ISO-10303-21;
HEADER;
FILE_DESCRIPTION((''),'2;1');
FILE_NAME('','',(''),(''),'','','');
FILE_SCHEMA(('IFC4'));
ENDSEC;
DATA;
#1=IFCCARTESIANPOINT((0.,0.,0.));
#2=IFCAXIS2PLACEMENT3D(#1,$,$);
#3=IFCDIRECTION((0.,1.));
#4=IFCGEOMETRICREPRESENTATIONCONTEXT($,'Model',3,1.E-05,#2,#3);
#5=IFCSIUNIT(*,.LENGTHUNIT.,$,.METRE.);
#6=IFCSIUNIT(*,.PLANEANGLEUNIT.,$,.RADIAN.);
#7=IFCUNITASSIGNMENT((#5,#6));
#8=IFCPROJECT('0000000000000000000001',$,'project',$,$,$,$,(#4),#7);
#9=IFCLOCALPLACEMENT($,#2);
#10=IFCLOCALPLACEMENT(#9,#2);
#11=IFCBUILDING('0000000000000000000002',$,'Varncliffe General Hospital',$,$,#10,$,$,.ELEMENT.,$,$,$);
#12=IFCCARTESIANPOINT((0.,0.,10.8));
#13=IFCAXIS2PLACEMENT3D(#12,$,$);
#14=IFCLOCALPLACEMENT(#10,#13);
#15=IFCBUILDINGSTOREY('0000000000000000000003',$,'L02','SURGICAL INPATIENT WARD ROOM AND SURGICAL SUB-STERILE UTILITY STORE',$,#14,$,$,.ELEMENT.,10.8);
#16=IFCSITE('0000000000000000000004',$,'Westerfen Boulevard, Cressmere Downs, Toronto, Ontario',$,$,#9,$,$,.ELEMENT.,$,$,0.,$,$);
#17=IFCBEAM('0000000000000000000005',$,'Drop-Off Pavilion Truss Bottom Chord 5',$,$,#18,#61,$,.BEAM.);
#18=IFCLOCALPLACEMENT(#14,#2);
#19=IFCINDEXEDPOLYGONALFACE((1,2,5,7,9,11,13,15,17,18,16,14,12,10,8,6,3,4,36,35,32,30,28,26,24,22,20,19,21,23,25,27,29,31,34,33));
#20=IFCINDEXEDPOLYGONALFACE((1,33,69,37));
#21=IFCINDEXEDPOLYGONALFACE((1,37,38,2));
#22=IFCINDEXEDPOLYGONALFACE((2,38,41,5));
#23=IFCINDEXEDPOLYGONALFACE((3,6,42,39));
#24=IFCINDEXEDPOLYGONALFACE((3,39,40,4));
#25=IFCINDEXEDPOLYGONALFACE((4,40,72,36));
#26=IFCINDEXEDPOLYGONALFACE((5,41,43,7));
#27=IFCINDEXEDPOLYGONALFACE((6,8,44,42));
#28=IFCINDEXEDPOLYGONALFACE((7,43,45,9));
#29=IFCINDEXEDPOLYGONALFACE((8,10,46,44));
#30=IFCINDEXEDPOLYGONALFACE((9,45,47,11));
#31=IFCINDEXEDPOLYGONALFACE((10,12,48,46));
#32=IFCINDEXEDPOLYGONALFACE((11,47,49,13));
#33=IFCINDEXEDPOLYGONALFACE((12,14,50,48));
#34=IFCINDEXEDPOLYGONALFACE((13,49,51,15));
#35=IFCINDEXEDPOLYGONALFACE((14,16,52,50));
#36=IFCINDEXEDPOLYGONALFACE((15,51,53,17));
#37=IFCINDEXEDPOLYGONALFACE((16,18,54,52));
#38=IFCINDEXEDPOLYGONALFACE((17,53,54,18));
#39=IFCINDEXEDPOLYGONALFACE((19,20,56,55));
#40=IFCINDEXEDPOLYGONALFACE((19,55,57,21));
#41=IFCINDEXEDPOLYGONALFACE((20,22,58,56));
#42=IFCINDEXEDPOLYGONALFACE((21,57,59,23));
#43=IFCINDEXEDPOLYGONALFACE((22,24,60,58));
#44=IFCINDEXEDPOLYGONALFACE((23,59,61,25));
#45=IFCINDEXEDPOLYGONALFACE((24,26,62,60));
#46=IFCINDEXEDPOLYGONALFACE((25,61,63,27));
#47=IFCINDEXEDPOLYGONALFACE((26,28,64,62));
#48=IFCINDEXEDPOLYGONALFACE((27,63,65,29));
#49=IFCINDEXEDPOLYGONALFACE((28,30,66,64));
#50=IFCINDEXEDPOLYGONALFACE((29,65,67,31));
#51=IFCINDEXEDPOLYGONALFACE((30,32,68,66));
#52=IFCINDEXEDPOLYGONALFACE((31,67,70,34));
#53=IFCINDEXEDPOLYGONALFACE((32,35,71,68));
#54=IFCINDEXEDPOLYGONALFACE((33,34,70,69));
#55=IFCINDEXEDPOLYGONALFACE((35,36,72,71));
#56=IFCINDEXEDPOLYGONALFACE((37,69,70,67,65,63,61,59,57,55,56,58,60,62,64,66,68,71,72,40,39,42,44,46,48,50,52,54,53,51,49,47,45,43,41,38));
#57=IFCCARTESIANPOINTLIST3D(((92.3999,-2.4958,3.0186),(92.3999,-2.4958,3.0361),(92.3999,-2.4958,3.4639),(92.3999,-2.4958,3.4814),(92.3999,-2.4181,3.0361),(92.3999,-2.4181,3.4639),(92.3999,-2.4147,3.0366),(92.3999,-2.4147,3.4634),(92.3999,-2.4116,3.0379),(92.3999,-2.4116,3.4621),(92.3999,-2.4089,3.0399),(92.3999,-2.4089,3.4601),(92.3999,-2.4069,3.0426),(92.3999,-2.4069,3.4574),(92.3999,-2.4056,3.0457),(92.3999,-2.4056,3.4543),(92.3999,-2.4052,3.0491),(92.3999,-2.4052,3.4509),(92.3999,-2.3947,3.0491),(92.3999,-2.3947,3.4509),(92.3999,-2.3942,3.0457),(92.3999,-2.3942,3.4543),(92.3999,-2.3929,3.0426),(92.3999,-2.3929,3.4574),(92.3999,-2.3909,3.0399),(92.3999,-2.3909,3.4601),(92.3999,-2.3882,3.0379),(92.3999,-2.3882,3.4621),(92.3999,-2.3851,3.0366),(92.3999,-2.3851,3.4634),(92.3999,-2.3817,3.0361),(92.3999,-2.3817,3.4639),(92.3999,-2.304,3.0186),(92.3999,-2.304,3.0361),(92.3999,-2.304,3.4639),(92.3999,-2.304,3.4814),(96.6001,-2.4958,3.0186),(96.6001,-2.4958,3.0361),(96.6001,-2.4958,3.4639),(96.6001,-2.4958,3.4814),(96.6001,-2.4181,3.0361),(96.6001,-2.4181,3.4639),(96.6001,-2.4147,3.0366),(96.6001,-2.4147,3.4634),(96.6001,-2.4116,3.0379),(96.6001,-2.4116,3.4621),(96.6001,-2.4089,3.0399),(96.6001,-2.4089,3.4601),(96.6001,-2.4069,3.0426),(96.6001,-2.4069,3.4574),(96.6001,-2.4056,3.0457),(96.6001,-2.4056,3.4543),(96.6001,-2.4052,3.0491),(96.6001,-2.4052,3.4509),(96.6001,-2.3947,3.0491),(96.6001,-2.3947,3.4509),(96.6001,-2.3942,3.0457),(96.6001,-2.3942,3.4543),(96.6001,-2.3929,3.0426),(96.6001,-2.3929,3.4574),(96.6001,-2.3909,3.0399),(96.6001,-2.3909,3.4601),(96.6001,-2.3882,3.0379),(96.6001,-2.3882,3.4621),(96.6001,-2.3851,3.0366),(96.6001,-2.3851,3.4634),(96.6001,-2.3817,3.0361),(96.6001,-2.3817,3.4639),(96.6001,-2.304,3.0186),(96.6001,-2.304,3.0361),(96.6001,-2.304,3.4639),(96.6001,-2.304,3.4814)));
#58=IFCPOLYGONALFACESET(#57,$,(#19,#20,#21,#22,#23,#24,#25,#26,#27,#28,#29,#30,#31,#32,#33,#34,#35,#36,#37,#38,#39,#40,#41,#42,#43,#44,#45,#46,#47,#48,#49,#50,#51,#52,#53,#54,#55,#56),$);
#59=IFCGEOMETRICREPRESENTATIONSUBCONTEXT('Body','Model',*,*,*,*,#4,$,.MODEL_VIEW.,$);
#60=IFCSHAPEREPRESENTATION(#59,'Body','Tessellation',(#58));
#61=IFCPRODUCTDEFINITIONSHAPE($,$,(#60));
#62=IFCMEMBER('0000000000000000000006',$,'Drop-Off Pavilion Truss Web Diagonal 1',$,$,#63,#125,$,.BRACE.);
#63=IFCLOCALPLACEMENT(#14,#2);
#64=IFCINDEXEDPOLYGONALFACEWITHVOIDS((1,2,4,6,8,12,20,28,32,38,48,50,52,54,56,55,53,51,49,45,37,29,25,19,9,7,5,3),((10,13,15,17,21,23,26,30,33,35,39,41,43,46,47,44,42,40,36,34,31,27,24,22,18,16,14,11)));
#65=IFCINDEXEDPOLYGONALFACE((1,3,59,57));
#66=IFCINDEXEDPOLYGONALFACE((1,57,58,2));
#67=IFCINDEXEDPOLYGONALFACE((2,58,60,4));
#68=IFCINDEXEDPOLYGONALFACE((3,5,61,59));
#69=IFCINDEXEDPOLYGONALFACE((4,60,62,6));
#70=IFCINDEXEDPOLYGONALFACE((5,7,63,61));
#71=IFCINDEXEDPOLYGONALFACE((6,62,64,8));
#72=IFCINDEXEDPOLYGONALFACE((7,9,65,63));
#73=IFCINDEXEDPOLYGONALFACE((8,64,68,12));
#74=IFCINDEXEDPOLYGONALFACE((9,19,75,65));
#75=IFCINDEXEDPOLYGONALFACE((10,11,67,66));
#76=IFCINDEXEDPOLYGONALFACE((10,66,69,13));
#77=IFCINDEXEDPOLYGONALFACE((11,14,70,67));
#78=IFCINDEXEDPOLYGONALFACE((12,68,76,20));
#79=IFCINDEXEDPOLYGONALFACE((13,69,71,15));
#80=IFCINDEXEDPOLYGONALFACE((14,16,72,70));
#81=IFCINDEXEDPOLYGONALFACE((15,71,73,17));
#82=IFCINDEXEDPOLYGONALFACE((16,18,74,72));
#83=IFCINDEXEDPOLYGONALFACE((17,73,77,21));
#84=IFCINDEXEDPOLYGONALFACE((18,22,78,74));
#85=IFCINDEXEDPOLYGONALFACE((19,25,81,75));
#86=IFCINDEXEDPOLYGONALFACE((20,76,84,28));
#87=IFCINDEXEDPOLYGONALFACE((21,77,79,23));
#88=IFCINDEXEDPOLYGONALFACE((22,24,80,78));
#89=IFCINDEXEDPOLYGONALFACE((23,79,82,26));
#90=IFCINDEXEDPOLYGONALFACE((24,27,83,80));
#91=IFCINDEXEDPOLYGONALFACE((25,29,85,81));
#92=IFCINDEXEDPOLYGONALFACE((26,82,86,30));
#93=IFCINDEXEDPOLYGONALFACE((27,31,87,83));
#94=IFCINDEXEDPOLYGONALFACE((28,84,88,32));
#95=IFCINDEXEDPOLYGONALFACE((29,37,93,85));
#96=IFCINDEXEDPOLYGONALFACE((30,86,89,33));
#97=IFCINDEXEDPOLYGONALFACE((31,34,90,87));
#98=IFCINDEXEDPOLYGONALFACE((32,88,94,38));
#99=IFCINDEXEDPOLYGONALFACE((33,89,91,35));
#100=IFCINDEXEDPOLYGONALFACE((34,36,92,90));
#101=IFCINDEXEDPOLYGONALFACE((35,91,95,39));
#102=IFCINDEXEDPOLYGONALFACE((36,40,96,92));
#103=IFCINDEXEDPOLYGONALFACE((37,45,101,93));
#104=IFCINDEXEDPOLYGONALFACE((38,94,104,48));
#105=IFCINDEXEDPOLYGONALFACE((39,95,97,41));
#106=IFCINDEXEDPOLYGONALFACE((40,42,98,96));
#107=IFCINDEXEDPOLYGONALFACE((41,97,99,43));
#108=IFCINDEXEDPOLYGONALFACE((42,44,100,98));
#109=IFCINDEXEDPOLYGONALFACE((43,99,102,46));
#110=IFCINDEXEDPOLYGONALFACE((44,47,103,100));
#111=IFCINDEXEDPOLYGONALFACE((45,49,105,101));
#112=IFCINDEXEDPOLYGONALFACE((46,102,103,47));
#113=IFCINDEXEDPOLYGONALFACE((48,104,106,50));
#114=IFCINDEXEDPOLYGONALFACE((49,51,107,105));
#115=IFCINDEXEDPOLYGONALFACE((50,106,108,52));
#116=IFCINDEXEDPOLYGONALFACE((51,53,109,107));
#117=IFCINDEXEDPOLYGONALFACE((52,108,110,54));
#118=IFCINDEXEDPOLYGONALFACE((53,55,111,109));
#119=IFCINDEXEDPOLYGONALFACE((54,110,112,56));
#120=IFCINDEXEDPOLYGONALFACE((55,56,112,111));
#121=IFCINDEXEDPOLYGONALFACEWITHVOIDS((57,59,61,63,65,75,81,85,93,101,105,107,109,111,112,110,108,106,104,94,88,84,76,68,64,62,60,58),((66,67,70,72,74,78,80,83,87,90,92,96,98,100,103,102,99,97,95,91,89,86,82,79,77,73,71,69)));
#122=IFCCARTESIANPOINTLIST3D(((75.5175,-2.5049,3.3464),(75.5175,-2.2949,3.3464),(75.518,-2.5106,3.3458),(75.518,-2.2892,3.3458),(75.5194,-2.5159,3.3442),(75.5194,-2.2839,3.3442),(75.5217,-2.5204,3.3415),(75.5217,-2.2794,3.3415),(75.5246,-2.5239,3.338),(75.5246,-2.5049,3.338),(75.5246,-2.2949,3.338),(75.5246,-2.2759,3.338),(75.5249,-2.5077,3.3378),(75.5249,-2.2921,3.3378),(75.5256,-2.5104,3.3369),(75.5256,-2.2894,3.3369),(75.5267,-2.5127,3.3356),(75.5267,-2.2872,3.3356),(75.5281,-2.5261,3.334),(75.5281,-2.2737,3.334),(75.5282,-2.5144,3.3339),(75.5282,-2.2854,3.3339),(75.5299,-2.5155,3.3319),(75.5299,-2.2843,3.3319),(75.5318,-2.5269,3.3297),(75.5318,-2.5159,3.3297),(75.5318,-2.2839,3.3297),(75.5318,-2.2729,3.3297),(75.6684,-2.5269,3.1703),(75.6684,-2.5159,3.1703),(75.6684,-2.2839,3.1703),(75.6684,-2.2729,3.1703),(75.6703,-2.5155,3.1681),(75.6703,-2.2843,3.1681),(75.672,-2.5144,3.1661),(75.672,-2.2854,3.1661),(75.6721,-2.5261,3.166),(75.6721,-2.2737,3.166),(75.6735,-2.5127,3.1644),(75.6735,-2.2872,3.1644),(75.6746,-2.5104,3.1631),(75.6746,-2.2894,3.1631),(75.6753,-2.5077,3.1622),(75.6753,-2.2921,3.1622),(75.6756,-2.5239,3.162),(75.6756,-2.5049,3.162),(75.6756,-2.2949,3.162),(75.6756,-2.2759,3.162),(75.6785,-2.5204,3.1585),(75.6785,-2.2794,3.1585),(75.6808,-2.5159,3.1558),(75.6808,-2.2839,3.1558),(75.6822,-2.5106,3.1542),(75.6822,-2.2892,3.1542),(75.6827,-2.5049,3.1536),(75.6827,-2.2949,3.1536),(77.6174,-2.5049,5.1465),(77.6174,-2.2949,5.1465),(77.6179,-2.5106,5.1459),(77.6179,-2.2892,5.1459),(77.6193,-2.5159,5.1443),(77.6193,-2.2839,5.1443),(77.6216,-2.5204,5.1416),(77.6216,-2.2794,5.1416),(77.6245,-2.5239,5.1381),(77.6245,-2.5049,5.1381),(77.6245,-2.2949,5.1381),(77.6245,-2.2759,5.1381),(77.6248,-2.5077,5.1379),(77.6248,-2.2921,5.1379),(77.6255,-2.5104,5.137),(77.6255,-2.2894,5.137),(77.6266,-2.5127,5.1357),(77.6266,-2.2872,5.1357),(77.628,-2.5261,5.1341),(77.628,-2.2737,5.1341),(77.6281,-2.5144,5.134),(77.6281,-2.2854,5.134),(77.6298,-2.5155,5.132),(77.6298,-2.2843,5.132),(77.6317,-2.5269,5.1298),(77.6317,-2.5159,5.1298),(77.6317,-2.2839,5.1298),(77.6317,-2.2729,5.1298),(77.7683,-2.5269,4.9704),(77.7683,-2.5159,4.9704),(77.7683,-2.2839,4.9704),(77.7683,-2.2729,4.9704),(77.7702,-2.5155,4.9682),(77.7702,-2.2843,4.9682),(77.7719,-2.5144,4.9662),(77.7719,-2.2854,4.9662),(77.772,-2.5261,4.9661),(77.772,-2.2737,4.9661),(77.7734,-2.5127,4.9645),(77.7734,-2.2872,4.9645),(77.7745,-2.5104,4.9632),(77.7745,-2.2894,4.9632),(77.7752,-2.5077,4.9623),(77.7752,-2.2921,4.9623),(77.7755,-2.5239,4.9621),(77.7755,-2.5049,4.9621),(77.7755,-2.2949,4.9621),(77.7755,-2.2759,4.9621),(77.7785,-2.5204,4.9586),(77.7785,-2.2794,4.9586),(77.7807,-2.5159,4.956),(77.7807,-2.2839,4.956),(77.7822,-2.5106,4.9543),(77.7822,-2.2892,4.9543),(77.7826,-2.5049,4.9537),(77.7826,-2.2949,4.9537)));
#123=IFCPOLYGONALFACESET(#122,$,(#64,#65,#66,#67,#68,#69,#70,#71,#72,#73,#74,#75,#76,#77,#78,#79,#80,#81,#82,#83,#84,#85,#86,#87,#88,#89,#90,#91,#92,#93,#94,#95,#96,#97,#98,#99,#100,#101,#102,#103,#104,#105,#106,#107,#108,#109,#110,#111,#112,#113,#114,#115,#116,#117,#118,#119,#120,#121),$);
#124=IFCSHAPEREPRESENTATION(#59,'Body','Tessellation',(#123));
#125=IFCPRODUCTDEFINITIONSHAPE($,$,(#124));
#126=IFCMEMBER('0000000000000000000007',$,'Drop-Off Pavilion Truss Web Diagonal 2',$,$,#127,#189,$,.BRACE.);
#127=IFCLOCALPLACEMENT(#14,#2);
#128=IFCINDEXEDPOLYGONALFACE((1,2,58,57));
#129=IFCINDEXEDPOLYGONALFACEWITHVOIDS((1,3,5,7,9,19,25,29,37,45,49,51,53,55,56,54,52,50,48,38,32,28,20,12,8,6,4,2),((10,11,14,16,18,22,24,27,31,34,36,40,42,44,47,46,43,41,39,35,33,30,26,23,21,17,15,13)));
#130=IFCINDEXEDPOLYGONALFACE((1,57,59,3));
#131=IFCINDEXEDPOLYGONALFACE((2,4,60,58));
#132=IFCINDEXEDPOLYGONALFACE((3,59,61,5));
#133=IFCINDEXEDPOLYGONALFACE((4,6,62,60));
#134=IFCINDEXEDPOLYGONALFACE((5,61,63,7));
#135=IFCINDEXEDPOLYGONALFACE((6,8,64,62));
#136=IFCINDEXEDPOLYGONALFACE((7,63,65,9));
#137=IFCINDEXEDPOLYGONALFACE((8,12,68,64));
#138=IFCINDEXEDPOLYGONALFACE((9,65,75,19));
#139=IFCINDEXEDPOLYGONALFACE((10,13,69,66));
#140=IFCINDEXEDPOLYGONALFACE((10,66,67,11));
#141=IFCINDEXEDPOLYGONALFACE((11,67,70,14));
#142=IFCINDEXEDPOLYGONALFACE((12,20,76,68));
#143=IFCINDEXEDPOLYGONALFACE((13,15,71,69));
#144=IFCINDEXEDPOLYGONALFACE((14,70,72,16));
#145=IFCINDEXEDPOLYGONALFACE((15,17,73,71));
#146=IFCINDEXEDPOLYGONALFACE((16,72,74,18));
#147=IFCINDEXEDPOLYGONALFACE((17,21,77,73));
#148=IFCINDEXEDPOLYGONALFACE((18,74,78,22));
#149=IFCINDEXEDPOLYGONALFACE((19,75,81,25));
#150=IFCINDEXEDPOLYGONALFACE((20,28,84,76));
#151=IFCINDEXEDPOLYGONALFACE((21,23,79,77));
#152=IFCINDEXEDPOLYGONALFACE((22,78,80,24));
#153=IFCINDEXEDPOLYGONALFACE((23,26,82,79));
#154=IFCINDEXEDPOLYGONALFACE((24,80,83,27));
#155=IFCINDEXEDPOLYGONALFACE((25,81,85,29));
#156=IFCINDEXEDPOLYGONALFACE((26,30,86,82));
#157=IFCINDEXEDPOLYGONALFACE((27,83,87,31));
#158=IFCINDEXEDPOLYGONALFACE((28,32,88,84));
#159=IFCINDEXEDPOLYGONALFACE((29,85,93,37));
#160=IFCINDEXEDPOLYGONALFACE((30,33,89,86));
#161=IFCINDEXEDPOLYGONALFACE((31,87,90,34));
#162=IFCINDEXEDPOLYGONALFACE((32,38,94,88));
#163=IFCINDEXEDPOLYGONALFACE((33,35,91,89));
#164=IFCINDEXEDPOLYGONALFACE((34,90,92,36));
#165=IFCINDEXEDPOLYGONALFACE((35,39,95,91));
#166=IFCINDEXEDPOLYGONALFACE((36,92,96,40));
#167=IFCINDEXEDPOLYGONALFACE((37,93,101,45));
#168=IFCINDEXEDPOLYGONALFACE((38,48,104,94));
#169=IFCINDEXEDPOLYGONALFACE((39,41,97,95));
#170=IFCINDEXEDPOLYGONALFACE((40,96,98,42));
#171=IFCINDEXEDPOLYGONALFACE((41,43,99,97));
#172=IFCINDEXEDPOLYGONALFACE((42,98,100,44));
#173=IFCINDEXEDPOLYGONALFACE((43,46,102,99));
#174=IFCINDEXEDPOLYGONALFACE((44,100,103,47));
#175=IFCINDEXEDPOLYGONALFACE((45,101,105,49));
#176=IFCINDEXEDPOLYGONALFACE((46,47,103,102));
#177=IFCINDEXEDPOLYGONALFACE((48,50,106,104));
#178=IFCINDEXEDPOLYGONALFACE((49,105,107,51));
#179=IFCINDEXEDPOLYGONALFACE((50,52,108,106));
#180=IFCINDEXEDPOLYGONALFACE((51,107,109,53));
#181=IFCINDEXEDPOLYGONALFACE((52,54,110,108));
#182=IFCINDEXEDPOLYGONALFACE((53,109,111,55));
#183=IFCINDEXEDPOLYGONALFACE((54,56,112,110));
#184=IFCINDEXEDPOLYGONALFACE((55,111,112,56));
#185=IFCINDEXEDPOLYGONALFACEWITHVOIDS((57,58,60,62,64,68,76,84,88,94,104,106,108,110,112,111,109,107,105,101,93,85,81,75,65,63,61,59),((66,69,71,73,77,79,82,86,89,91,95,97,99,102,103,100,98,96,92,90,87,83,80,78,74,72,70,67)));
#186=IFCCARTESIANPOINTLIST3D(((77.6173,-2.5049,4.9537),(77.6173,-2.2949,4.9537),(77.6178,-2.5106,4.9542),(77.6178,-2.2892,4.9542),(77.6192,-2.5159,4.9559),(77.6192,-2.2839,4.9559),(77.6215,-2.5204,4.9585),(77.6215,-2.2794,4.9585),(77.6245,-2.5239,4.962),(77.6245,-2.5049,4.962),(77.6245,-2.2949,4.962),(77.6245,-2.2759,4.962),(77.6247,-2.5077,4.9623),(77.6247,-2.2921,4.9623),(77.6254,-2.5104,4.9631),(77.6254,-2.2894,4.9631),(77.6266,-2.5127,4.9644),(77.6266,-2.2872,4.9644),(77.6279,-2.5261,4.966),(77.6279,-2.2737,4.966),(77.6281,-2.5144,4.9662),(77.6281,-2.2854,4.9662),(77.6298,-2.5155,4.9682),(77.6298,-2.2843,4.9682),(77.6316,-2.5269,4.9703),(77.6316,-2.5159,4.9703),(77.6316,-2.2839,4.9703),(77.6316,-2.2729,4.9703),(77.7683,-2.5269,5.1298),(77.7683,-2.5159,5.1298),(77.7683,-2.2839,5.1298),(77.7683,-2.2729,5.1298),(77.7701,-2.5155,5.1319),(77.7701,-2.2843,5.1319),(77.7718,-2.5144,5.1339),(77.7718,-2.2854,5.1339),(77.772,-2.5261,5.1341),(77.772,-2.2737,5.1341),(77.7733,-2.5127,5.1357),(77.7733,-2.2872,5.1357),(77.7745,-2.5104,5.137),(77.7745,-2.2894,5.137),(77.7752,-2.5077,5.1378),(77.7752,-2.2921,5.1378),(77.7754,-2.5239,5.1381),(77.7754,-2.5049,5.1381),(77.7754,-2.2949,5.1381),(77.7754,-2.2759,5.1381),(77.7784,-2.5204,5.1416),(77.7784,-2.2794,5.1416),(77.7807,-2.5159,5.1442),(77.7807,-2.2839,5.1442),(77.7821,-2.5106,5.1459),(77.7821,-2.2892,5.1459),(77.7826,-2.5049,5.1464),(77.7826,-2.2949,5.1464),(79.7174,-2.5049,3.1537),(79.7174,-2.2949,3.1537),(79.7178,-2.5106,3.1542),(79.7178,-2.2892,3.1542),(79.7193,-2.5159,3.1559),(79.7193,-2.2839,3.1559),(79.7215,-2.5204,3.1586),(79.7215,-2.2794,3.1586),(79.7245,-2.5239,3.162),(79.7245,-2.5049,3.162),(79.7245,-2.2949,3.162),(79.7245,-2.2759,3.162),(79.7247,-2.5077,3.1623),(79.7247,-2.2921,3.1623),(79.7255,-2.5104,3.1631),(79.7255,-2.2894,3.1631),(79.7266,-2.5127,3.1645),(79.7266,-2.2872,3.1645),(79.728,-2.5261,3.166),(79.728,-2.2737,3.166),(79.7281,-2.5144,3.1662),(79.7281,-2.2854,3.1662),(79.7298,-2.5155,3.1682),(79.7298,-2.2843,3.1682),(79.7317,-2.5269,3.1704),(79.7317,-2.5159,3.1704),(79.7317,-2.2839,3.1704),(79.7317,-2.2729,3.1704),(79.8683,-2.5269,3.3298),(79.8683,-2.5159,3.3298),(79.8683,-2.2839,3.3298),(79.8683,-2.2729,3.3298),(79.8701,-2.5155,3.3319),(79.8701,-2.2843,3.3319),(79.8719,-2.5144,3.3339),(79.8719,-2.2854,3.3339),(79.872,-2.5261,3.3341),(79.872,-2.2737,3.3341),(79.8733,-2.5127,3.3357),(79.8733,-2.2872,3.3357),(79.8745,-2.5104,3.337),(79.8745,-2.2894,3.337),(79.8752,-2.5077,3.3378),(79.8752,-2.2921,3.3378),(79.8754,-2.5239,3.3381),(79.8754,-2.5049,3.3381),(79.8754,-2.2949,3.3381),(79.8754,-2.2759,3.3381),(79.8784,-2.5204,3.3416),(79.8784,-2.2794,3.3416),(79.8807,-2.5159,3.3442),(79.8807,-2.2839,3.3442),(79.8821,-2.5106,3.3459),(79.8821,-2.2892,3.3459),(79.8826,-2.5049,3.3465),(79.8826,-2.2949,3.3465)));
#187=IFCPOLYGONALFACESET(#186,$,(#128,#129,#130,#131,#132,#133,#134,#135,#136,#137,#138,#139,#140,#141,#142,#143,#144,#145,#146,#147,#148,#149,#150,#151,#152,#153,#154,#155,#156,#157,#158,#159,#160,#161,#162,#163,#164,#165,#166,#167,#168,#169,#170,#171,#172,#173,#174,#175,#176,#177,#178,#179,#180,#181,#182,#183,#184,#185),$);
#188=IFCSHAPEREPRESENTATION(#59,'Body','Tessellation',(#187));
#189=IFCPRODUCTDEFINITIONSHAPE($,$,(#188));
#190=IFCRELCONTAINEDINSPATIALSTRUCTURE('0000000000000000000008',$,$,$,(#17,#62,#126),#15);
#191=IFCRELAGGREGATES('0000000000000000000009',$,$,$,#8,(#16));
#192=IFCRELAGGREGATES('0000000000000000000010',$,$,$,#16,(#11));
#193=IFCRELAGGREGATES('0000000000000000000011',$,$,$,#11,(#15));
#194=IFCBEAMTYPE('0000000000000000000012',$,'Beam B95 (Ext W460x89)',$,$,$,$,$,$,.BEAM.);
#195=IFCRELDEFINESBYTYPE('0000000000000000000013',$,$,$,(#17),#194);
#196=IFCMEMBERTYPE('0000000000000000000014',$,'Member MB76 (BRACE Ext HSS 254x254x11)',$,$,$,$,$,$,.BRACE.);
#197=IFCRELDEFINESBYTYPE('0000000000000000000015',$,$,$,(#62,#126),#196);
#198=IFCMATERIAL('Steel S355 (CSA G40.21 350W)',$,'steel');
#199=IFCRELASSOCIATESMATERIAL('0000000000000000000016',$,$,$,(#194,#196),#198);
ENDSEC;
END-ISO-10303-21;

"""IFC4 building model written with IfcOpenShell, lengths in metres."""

from ifc_helpers import new_model, si_unit, direction, frame, origin, origin_2d, place, context, subcontext, project, spatial, hollow_rectangle, i_section, extrude, material, material_profile, profile_set, type_object, element, save


model = new_model("IFC4")

# Units and contexts
model_context = context("Model", 3, precision=1e-05, world=origin(), true_north=direction((0.0, 1.0)))
body_context = subcontext(model_context, "Body", "Model", "MODEL_VIEW")
ifc_project = project(units=[si_unit("LENGTHUNIT", "METRE"), si_unit("PLANEANGLEUNIT", "RADIAN")], contexts=[model_context])

# Site, building, storey
site_placement = place(None, origin())
site = spatial("IfcSite", under=ifc_project, at=site_placement, Name="Westerfen Boulevard, Cressmere Downs, Toronto, Ontario", CompositionType="ELEMENT", RefElevation=0.0)
building_placement = place(site_placement, origin())
building = spatial("IfcBuilding", under=site, at=building_placement, Name="Varncliffe General Hospital", CompositionType="ELEMENT")
storey_placement = place(building_placement, frame((0.0, 0.0, 10.8)))
storey = spatial("IfcBuildingStorey", under=building, at=storey_placement, Name="L02", Description="SURGICAL INPATIENT WARD ROOM AND SURGICAL SUB-STERILE UTILITY STORE", CompositionType="ELEMENT", Elevation=10.8)

# Beam
ifc_material_1 = material(Name="Steel S355 (CSA G40.21 350W)", Category="steel")
ifc_material_profile_1 = material_profile(ifc_material_1, i_section(OverallWidth=0.1919, OverallDepth=0.4629, WebThickness=0.0105, FlangeThickness=0.0176, FilletRadius=0.0129, at=origin_2d()), Name="W460x89")
ifc_profile_set_1 = profile_set([ifc_material_profile_1], Name="Steel S355 (CSA G40.21 350W)")
beam_type_1 = type_object("IfcBeamType", Name="Beam B95 (Ext W460x89)", PredefinedType="BEAM", material=ifc_profile_set_1)
beam_1_placement = place(storey_placement, frame((92.3999, -2.3999, 3.25), z_axis=(1.0, 0.0, 0.0), x_axis=(0.0, 1.0, 0.0)))
element("IfcBeam", 1, at=beam_1_placement, inside=storey, type_object=beam_type_1, Name="Drop-Off Pavilion Truss Bottom Chord 5", PredefinedType="BEAM", context=body_context, shape_type="SweptSolid", body=[
    extrude(i_section(OverallWidth=0.1919, OverallDepth=0.4629, WebThickness=0.0105, FlangeThickness=0.0176, FilletRadius=0.0129, at=origin_2d()), origin(), (0.0, 0.0, 1.0), 4.2002),
])

# Members
ifc_material_profile_2 = material_profile(ifc_material_1, hollow_rectangle(XDim=0.2539, YDim=0.2539, WallThickness=0.011, InnerFilletRadius=0.011, OuterFilletRadius=0.022, at=origin_2d()), Name="HSS 254x254x11")
ifc_profile_set_2 = profile_set([ifc_material_profile_2], Name="Steel S355 (CSA G40.21 350W)")
member_type = type_object("IfcMemberType", Name="Member MB76 (BRACE Ext HSS 254x254x11)", PredefinedType="BRACE", material=ifc_profile_set_2)
for number, where, z_axis, x_axis, name in (
    (2, (75.6001, -2.3999, 3.25), (0.759225, 0.0, 0.650828), (0.0, 1.0, 0.0), "Drop-Off Pavilion Truss Web Diagonal 1"),
    (3, (77.7, -2.3999, 5.05), (0.759263, 0.0, -0.650784), (0.0, 1.0, 0.0), "Drop-Off Pavilion Truss Web Diagonal 2"),
):
    element("IfcMember", number, at=place(storey_placement, frame(where, z_axis=z_axis, x_axis=x_axis)), inside=storey, type_object=member_type, Name=name, PredefinedType="BRACE", context=body_context, shape_type="SweptSolid", body=[
        extrude(hollow_rectangle(XDim=0.2539, YDim=0.2539, WallThickness=0.011, InnerFilletRadius=0.011, OuterFilletRadius=0.022, at=origin_2d()), origin(), (0.0, 0.0, 1.0), 2.7659),
    ])

save(model, "model.ifc")
